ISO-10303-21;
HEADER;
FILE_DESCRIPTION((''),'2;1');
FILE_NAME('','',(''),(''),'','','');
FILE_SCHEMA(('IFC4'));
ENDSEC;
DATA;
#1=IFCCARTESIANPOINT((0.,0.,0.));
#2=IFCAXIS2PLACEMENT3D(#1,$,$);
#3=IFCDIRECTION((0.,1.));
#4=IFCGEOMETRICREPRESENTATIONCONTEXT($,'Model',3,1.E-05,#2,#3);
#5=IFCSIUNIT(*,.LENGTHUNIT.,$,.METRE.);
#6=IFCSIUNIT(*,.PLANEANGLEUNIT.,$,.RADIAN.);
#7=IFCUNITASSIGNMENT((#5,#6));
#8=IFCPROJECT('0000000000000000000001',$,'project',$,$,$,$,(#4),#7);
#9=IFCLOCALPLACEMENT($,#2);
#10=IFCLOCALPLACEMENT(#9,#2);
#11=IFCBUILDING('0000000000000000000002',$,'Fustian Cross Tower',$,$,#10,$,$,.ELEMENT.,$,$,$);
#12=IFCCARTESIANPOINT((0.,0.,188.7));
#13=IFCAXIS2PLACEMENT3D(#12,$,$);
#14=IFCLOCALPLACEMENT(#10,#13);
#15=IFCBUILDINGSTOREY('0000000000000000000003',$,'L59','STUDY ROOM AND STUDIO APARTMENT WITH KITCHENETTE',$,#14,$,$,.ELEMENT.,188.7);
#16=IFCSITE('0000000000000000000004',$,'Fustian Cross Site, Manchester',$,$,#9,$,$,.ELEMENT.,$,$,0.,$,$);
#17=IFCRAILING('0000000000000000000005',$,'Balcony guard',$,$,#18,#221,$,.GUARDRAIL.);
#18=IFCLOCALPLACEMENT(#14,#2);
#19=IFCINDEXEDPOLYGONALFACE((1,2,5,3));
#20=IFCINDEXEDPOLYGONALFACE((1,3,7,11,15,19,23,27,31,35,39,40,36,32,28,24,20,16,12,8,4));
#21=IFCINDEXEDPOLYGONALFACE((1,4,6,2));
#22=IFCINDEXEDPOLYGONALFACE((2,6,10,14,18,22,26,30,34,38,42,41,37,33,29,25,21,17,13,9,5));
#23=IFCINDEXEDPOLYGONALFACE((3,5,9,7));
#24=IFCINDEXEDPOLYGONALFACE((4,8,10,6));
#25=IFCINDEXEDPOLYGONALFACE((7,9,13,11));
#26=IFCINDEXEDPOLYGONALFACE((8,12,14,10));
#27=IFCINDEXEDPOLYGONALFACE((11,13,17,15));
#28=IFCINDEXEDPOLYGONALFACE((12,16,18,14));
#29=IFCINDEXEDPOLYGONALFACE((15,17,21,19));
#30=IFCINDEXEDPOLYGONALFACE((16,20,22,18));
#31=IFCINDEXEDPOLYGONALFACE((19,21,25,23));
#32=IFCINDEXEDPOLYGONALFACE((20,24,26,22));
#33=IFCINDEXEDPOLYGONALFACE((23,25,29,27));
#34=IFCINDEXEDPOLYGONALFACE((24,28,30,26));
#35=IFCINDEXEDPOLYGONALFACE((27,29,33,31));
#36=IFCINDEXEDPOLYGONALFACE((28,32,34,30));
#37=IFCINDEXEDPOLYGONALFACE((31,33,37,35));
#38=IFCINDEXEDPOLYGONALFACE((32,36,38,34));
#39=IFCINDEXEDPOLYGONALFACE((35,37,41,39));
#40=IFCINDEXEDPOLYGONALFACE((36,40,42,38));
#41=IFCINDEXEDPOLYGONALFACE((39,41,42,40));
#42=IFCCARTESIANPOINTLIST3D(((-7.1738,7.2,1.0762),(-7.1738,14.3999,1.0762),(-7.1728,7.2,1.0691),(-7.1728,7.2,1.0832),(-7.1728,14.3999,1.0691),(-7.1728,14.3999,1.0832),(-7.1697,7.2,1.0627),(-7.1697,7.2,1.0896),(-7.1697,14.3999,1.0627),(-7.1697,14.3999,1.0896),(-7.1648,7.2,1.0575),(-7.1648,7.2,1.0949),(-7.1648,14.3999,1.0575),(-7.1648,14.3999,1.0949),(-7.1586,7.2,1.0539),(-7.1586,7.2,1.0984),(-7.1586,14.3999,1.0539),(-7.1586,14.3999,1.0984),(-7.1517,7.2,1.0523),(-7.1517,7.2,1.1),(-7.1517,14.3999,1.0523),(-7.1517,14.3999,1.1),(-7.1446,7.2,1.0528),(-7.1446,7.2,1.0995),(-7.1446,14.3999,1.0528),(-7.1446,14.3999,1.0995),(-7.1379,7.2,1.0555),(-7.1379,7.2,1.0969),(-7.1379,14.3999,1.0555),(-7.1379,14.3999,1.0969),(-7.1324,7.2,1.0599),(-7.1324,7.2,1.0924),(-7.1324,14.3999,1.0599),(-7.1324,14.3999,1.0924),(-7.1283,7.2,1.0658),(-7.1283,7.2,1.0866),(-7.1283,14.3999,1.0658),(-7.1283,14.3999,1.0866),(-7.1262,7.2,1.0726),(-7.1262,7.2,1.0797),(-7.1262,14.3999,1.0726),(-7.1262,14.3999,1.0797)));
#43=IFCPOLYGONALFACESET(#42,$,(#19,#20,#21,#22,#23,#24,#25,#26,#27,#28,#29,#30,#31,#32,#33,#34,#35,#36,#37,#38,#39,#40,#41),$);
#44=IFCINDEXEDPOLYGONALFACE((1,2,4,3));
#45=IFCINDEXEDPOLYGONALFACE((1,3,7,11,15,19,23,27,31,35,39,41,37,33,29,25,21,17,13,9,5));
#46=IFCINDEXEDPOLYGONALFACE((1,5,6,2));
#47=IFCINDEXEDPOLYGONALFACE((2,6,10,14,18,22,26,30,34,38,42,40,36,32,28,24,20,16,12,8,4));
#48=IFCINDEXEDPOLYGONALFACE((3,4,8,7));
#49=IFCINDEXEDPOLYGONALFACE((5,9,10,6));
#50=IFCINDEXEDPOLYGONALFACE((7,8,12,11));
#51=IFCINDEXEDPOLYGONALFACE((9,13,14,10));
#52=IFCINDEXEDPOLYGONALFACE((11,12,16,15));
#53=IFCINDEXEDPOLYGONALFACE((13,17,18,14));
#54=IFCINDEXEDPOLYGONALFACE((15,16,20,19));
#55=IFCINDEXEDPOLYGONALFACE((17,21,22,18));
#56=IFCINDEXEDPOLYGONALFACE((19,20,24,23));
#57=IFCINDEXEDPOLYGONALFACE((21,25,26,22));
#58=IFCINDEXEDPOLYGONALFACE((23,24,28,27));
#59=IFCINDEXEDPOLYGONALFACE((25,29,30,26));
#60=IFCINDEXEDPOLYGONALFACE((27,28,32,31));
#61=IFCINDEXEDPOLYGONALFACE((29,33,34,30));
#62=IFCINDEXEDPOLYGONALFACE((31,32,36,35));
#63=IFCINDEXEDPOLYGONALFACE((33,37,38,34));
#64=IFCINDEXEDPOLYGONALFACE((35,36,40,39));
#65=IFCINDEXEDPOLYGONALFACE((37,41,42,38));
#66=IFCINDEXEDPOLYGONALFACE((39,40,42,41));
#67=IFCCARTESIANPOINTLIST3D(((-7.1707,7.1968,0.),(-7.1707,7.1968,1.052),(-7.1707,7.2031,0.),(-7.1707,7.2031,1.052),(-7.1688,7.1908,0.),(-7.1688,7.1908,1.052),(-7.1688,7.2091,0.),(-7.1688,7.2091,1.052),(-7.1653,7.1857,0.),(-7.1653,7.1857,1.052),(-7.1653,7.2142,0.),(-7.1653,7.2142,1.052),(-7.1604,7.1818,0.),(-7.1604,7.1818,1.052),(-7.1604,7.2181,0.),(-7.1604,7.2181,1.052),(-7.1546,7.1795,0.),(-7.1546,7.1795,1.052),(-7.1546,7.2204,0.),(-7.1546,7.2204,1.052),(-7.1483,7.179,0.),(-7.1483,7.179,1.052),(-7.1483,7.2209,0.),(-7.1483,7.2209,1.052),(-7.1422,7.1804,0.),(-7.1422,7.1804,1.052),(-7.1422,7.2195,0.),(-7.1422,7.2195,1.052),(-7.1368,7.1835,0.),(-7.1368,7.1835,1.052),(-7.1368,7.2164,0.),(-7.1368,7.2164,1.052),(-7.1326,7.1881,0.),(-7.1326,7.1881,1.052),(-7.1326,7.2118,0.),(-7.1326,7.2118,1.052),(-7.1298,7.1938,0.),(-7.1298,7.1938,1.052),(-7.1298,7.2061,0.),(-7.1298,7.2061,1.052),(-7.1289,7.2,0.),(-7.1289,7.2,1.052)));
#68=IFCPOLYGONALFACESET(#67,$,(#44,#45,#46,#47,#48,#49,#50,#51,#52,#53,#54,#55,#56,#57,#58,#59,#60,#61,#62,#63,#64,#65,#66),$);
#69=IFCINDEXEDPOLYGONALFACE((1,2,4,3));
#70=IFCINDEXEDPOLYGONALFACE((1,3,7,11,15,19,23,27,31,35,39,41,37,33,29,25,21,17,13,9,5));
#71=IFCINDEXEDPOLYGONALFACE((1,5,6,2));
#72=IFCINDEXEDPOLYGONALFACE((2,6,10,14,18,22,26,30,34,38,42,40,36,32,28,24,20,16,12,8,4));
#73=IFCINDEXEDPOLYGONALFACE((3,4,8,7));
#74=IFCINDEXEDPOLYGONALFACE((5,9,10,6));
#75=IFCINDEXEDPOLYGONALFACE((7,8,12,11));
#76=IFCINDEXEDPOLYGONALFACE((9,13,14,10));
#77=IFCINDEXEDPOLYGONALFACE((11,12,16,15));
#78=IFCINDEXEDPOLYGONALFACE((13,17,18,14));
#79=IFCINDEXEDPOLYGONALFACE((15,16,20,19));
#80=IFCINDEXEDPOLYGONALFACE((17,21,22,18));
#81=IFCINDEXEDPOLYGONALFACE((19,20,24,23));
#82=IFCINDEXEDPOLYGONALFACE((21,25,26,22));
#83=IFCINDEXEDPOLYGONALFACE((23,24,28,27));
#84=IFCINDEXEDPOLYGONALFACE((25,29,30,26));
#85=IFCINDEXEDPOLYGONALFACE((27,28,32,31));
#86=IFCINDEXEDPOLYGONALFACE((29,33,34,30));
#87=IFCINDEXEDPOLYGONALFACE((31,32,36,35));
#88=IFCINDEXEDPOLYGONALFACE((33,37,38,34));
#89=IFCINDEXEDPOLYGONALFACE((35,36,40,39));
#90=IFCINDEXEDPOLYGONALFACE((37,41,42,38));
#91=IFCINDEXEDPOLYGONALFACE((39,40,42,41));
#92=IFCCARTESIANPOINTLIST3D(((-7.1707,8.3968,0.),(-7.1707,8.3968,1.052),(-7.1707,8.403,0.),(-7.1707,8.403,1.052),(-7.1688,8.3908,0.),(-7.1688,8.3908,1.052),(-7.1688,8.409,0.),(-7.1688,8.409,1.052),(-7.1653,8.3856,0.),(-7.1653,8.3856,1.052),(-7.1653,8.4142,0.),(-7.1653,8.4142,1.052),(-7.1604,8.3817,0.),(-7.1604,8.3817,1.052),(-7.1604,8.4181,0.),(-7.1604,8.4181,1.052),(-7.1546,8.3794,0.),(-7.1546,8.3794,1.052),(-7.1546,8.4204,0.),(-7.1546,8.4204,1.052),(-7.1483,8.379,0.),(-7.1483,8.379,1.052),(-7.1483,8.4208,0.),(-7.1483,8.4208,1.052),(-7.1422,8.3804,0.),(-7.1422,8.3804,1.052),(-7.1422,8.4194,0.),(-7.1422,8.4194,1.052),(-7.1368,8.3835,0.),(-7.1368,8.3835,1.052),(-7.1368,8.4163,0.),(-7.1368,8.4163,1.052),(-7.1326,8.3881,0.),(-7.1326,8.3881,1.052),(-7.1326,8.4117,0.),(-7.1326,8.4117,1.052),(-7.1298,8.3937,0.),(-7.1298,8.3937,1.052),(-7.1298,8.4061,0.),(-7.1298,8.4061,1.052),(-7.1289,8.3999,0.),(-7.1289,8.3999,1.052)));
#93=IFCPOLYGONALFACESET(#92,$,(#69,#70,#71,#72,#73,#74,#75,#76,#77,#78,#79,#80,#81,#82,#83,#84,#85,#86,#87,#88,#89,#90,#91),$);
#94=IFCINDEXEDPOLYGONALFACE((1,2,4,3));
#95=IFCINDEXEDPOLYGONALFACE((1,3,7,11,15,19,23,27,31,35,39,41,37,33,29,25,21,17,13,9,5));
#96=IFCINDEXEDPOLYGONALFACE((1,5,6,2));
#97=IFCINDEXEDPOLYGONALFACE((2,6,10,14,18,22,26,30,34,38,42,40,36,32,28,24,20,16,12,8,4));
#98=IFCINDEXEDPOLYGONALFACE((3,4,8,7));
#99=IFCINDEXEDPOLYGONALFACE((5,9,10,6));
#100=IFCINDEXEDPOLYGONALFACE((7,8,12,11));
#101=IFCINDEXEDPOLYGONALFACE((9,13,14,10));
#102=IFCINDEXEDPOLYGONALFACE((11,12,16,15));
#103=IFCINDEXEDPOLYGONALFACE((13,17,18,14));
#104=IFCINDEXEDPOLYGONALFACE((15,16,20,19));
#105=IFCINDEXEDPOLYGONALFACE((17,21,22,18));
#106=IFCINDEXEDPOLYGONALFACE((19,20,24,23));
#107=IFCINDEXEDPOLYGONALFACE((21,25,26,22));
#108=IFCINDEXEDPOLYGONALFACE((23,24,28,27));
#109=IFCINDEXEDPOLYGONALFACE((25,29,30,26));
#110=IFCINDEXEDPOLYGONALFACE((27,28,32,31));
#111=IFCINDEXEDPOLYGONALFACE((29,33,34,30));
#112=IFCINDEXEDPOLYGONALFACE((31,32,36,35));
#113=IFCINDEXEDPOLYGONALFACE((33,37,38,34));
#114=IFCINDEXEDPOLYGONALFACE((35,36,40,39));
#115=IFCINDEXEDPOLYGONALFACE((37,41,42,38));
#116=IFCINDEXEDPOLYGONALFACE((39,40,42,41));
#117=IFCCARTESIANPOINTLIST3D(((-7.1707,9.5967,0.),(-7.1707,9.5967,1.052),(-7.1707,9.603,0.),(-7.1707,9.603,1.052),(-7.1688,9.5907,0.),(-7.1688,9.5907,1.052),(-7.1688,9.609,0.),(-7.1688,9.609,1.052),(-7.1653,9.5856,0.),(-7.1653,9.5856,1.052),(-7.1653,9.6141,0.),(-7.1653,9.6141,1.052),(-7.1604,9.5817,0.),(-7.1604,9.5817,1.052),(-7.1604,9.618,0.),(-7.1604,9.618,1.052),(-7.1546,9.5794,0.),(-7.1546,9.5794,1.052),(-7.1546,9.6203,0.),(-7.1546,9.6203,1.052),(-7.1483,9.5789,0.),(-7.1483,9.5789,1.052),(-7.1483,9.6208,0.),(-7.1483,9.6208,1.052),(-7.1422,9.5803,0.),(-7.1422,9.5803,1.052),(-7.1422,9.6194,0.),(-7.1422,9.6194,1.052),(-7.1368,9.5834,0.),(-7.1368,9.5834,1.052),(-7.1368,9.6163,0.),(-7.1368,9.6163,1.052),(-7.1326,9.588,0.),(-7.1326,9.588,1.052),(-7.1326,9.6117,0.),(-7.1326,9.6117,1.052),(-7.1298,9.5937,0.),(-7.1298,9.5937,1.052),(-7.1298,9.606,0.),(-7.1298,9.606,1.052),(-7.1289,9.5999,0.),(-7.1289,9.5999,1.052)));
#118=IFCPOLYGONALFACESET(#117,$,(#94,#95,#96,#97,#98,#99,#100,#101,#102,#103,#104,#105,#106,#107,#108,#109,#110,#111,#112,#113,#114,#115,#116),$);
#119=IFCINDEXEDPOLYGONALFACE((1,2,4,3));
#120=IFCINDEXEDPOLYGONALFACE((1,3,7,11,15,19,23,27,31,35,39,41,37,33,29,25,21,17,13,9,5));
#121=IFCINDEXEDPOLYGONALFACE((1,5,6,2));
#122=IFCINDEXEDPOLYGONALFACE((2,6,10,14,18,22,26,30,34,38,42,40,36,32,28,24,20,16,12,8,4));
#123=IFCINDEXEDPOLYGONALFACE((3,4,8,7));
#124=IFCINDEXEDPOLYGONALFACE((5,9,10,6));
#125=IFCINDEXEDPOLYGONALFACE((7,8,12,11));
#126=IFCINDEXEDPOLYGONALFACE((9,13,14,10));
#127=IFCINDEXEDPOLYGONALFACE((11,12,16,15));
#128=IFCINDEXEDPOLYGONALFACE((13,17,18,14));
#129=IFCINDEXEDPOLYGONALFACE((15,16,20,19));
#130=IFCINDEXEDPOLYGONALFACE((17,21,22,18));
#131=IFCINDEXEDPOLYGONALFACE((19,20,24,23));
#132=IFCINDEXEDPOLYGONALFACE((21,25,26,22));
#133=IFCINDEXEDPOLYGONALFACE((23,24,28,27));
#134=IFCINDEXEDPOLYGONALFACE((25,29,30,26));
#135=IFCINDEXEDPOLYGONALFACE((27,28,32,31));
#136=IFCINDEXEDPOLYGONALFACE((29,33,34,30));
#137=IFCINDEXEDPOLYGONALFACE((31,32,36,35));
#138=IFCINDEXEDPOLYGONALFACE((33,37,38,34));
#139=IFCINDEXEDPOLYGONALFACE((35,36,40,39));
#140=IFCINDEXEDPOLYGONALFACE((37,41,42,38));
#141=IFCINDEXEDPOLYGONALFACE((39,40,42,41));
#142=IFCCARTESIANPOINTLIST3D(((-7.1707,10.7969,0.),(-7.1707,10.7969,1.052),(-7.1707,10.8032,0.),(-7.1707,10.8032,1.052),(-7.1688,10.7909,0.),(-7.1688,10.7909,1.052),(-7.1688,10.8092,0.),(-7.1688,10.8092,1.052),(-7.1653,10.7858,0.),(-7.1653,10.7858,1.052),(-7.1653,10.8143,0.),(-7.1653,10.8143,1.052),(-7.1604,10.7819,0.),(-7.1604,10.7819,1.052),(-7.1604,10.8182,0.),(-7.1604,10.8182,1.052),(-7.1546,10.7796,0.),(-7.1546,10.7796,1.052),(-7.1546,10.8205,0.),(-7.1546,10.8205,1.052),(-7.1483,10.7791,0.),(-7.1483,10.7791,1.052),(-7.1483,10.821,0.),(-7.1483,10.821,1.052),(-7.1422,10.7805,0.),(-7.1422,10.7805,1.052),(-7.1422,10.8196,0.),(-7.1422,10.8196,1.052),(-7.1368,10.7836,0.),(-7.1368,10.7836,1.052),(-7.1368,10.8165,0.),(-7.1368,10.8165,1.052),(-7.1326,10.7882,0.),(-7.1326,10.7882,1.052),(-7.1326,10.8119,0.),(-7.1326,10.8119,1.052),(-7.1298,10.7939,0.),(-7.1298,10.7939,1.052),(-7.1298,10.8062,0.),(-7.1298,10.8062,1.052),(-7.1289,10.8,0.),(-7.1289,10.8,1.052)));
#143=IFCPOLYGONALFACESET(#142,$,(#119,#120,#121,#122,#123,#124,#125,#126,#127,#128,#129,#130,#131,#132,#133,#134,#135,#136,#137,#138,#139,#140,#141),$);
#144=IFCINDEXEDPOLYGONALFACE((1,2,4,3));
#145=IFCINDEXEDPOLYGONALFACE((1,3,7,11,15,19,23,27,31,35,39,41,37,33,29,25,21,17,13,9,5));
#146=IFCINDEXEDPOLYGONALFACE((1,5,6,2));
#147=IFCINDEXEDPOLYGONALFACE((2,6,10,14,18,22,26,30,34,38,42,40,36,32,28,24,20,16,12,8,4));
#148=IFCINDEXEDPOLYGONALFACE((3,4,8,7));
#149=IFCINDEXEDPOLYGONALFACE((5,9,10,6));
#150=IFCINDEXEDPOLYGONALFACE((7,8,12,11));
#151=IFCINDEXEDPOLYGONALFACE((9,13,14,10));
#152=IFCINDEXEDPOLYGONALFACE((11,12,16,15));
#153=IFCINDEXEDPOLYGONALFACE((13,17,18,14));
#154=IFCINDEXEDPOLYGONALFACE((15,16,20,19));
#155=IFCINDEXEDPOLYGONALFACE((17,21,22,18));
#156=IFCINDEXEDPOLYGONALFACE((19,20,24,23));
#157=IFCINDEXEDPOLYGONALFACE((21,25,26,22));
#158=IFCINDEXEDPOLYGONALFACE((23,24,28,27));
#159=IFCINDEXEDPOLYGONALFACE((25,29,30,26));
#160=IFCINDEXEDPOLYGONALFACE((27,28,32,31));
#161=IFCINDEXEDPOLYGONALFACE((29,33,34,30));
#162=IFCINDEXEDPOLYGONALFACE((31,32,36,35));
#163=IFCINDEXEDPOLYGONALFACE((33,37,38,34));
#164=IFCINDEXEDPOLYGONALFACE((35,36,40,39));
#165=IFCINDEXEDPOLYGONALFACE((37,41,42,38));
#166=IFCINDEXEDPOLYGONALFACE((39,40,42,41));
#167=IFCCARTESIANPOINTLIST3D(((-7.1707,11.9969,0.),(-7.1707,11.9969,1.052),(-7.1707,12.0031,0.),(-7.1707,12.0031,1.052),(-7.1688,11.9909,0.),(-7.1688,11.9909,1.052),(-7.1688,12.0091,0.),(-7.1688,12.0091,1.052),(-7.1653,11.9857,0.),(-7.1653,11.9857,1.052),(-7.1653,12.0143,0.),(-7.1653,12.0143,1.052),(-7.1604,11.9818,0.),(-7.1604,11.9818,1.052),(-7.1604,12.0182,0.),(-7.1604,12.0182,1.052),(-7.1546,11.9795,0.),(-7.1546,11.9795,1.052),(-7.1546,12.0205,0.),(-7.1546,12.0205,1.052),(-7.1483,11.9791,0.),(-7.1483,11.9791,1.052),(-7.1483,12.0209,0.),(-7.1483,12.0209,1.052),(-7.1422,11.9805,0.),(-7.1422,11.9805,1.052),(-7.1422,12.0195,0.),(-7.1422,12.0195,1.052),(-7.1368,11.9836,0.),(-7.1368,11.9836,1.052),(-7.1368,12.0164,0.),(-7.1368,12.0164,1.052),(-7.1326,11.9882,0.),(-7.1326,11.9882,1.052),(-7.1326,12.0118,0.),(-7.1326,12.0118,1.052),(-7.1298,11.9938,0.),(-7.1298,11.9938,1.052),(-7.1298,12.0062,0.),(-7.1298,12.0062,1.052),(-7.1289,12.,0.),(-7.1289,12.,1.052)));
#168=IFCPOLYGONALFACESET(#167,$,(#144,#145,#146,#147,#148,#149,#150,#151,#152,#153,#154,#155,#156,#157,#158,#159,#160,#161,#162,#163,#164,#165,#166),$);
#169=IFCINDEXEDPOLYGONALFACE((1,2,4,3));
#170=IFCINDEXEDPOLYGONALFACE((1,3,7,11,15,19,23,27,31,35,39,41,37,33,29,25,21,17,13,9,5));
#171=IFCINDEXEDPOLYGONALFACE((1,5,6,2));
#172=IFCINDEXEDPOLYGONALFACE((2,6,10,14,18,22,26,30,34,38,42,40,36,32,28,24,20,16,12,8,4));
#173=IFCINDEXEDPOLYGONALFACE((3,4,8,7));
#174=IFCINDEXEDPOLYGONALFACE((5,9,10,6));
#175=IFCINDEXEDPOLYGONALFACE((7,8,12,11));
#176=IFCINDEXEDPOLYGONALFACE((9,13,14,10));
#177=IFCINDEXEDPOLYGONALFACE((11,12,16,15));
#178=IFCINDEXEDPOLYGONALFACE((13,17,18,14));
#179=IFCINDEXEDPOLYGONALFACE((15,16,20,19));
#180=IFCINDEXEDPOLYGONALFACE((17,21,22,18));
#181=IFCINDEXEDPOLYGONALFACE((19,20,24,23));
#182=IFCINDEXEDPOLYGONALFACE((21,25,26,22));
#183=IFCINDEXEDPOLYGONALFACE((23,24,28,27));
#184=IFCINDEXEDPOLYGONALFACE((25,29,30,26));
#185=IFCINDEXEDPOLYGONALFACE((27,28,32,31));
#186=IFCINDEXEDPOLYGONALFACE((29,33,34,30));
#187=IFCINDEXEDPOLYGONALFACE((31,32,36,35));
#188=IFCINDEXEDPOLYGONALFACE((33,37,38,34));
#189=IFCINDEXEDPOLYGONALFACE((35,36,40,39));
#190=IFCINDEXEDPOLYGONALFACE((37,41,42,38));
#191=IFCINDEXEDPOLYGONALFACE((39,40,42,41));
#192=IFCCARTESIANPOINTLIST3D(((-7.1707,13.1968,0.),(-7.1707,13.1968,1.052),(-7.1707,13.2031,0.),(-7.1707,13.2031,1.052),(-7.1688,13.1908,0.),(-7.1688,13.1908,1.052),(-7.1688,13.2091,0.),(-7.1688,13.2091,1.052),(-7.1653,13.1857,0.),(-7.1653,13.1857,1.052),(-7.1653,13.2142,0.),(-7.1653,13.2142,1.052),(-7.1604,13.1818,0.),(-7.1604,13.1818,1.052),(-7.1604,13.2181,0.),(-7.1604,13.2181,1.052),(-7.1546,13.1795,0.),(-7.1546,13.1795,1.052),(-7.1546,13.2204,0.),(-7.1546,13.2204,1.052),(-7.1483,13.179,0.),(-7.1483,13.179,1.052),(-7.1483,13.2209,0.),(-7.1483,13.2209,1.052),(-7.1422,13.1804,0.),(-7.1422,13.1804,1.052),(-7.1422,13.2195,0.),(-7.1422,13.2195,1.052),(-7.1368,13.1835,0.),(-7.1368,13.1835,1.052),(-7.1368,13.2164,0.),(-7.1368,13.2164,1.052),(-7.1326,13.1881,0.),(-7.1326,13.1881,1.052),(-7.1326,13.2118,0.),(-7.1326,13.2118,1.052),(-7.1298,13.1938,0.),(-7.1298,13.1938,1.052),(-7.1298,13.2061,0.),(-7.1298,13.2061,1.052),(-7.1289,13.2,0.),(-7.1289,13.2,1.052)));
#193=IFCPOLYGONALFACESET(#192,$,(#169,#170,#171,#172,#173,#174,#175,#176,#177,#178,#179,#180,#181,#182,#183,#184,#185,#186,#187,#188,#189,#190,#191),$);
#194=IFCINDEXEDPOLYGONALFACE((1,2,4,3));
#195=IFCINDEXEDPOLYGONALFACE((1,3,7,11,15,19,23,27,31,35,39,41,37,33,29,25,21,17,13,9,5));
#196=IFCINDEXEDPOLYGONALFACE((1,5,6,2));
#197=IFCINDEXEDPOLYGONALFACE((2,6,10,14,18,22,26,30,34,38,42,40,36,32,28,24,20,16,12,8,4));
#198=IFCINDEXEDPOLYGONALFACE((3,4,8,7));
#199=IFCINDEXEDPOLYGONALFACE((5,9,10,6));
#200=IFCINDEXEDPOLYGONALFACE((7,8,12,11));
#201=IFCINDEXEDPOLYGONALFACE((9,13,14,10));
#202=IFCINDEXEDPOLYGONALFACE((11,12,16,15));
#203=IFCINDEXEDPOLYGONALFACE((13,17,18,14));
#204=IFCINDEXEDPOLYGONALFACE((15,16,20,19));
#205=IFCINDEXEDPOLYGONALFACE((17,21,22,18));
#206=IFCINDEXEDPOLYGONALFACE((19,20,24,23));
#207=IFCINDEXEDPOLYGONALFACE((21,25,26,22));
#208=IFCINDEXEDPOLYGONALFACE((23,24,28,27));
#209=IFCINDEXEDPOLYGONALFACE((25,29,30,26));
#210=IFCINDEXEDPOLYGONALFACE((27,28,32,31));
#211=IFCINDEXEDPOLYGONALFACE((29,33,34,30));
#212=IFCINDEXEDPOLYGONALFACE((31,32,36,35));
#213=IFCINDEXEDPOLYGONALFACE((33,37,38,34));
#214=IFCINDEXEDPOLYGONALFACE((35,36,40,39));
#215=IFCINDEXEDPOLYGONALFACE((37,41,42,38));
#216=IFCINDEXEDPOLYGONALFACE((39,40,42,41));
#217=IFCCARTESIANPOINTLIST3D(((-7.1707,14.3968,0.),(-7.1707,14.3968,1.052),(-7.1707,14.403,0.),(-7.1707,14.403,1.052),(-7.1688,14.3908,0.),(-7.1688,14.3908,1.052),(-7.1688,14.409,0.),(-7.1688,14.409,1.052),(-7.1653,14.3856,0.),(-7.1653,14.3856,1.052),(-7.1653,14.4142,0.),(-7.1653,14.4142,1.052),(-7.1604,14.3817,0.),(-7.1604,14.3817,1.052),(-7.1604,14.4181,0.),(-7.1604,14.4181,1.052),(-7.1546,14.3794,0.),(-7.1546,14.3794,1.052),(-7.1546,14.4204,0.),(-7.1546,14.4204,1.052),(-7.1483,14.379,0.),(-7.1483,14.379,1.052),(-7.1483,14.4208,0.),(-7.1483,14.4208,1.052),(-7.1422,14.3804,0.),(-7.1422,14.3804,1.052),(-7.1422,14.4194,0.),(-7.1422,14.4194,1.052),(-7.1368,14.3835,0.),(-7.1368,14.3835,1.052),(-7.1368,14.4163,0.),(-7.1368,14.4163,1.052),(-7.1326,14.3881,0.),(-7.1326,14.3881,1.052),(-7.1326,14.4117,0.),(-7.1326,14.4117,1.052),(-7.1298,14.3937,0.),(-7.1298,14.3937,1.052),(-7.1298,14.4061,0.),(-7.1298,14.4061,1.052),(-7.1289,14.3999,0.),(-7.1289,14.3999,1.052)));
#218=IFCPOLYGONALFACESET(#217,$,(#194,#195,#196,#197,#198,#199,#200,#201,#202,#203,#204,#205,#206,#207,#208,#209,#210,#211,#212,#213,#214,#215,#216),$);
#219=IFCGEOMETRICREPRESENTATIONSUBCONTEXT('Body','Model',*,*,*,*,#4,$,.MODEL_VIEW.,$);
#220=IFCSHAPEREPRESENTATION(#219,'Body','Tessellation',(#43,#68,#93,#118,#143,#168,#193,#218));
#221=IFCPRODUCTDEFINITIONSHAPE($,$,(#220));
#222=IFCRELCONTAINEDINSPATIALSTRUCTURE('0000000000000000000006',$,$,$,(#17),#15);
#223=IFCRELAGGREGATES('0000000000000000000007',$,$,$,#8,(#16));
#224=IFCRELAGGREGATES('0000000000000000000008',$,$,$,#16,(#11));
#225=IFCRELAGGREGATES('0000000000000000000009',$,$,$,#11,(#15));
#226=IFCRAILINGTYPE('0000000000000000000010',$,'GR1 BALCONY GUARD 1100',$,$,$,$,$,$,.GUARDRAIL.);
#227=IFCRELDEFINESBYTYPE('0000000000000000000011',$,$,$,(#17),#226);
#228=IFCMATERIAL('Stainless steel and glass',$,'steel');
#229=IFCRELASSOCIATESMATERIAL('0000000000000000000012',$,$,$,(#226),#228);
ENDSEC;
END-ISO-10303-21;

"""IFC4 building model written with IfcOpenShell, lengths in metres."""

from ifc_helpers import new_model, si_unit, direction, frame, origin, origin_2d, place, context, subcontext, project, spatial, circle, extrude, material, type_object, element, save


model = new_model("IFC4")

# Units and contexts
model_context = context("Model", 3, precision=1e-05, world=origin(), true_north=direction((0.0, 1.0)))
body_context = subcontext(model_context, "Body", "Model", "MODEL_VIEW")
ifc_project = project(units=[si_unit("LENGTHUNIT", "METRE"), si_unit("PLANEANGLEUNIT", "RADIAN")], contexts=[model_context])

# Site, building, storey
site_placement = place(None, origin())
site = spatial("IfcSite", under=ifc_project, at=site_placement, Name="Fustian Cross Site, Manchester", CompositionType="ELEMENT", RefElevation=0.0)
building_placement = place(site_placement, origin())
building = spatial("IfcBuilding", under=site, at=building_placement, Name="Fustian Cross Tower", CompositionType="ELEMENT")
storey_placement = place(building_placement, frame((0.0, 0.0, 188.7)))
storey = spatial("IfcBuildingStorey", under=building, at=storey_placement, Name="L59", Description="STUDY ROOM AND STUDIO APARTMENT WITH KITCHENETTE", CompositionType="ELEMENT", Elevation=188.7)

# Railing
ifc_material_1 = material(Name="Stainless steel and glass", Category="steel")
railing_type = type_object("IfcRailingType", Name="GR1 BALCONY GUARD 1100", PredefinedType="GUARDRAIL", material=ifc_material_1)
railing_placement = place(storey_placement, frame((-7.1499, 7.2, 0.0)))
element("IfcRailing", 1, at=railing_placement, inside=storey, type_object=railing_type, Name="Balcony guard", PredefinedType="GUARDRAIL", context=body_context, shape_type="SweptSolid", body=[
    extrude(circle(Radius=0.0239, at=origin_2d()), frame((0.0, 0.0, 1.0762), z_axis=(0.0, 1.0, 0.0), x_axis=(-1.0, 0.0, 0.0)), (0.0, 0.0, 1.0), 7.2),
    extrude(circle(Radius=0.021, at=origin_2d()), origin(), (0.0, 0.0, 1.0), 1.052),
    extrude(circle(Radius=0.021, at=origin_2d()), frame((0.0, 1.2, 0.0)), (0.0, 0.0, 1.0), 1.052),
    extrude(circle(Radius=0.021, at=origin_2d()), frame((0.0, 2.3999, 0.0)), (0.0, 0.0, 1.0), 1.052),
    extrude(circle(Radius=0.021, at=origin_2d()), frame((0.0, 3.6001, 0.0)), (0.0, 0.0, 1.0), 1.052),
    extrude(circle(Radius=0.021, at=origin_2d()), frame((0.0, 4.8, 0.0)), (0.0, 0.0, 1.0), 1.052),
    extrude(circle(Radius=0.021, at=origin_2d()), frame((0.0, 6.0, 0.0)), (0.0, 0.0, 1.0), 1.052),
    extrude(circle(Radius=0.021, at=origin_2d()), frame((0.0, 7.2, 0.0)), (0.0, 0.0, 1.0), 1.052),
])

save(model, "model.ifc")
